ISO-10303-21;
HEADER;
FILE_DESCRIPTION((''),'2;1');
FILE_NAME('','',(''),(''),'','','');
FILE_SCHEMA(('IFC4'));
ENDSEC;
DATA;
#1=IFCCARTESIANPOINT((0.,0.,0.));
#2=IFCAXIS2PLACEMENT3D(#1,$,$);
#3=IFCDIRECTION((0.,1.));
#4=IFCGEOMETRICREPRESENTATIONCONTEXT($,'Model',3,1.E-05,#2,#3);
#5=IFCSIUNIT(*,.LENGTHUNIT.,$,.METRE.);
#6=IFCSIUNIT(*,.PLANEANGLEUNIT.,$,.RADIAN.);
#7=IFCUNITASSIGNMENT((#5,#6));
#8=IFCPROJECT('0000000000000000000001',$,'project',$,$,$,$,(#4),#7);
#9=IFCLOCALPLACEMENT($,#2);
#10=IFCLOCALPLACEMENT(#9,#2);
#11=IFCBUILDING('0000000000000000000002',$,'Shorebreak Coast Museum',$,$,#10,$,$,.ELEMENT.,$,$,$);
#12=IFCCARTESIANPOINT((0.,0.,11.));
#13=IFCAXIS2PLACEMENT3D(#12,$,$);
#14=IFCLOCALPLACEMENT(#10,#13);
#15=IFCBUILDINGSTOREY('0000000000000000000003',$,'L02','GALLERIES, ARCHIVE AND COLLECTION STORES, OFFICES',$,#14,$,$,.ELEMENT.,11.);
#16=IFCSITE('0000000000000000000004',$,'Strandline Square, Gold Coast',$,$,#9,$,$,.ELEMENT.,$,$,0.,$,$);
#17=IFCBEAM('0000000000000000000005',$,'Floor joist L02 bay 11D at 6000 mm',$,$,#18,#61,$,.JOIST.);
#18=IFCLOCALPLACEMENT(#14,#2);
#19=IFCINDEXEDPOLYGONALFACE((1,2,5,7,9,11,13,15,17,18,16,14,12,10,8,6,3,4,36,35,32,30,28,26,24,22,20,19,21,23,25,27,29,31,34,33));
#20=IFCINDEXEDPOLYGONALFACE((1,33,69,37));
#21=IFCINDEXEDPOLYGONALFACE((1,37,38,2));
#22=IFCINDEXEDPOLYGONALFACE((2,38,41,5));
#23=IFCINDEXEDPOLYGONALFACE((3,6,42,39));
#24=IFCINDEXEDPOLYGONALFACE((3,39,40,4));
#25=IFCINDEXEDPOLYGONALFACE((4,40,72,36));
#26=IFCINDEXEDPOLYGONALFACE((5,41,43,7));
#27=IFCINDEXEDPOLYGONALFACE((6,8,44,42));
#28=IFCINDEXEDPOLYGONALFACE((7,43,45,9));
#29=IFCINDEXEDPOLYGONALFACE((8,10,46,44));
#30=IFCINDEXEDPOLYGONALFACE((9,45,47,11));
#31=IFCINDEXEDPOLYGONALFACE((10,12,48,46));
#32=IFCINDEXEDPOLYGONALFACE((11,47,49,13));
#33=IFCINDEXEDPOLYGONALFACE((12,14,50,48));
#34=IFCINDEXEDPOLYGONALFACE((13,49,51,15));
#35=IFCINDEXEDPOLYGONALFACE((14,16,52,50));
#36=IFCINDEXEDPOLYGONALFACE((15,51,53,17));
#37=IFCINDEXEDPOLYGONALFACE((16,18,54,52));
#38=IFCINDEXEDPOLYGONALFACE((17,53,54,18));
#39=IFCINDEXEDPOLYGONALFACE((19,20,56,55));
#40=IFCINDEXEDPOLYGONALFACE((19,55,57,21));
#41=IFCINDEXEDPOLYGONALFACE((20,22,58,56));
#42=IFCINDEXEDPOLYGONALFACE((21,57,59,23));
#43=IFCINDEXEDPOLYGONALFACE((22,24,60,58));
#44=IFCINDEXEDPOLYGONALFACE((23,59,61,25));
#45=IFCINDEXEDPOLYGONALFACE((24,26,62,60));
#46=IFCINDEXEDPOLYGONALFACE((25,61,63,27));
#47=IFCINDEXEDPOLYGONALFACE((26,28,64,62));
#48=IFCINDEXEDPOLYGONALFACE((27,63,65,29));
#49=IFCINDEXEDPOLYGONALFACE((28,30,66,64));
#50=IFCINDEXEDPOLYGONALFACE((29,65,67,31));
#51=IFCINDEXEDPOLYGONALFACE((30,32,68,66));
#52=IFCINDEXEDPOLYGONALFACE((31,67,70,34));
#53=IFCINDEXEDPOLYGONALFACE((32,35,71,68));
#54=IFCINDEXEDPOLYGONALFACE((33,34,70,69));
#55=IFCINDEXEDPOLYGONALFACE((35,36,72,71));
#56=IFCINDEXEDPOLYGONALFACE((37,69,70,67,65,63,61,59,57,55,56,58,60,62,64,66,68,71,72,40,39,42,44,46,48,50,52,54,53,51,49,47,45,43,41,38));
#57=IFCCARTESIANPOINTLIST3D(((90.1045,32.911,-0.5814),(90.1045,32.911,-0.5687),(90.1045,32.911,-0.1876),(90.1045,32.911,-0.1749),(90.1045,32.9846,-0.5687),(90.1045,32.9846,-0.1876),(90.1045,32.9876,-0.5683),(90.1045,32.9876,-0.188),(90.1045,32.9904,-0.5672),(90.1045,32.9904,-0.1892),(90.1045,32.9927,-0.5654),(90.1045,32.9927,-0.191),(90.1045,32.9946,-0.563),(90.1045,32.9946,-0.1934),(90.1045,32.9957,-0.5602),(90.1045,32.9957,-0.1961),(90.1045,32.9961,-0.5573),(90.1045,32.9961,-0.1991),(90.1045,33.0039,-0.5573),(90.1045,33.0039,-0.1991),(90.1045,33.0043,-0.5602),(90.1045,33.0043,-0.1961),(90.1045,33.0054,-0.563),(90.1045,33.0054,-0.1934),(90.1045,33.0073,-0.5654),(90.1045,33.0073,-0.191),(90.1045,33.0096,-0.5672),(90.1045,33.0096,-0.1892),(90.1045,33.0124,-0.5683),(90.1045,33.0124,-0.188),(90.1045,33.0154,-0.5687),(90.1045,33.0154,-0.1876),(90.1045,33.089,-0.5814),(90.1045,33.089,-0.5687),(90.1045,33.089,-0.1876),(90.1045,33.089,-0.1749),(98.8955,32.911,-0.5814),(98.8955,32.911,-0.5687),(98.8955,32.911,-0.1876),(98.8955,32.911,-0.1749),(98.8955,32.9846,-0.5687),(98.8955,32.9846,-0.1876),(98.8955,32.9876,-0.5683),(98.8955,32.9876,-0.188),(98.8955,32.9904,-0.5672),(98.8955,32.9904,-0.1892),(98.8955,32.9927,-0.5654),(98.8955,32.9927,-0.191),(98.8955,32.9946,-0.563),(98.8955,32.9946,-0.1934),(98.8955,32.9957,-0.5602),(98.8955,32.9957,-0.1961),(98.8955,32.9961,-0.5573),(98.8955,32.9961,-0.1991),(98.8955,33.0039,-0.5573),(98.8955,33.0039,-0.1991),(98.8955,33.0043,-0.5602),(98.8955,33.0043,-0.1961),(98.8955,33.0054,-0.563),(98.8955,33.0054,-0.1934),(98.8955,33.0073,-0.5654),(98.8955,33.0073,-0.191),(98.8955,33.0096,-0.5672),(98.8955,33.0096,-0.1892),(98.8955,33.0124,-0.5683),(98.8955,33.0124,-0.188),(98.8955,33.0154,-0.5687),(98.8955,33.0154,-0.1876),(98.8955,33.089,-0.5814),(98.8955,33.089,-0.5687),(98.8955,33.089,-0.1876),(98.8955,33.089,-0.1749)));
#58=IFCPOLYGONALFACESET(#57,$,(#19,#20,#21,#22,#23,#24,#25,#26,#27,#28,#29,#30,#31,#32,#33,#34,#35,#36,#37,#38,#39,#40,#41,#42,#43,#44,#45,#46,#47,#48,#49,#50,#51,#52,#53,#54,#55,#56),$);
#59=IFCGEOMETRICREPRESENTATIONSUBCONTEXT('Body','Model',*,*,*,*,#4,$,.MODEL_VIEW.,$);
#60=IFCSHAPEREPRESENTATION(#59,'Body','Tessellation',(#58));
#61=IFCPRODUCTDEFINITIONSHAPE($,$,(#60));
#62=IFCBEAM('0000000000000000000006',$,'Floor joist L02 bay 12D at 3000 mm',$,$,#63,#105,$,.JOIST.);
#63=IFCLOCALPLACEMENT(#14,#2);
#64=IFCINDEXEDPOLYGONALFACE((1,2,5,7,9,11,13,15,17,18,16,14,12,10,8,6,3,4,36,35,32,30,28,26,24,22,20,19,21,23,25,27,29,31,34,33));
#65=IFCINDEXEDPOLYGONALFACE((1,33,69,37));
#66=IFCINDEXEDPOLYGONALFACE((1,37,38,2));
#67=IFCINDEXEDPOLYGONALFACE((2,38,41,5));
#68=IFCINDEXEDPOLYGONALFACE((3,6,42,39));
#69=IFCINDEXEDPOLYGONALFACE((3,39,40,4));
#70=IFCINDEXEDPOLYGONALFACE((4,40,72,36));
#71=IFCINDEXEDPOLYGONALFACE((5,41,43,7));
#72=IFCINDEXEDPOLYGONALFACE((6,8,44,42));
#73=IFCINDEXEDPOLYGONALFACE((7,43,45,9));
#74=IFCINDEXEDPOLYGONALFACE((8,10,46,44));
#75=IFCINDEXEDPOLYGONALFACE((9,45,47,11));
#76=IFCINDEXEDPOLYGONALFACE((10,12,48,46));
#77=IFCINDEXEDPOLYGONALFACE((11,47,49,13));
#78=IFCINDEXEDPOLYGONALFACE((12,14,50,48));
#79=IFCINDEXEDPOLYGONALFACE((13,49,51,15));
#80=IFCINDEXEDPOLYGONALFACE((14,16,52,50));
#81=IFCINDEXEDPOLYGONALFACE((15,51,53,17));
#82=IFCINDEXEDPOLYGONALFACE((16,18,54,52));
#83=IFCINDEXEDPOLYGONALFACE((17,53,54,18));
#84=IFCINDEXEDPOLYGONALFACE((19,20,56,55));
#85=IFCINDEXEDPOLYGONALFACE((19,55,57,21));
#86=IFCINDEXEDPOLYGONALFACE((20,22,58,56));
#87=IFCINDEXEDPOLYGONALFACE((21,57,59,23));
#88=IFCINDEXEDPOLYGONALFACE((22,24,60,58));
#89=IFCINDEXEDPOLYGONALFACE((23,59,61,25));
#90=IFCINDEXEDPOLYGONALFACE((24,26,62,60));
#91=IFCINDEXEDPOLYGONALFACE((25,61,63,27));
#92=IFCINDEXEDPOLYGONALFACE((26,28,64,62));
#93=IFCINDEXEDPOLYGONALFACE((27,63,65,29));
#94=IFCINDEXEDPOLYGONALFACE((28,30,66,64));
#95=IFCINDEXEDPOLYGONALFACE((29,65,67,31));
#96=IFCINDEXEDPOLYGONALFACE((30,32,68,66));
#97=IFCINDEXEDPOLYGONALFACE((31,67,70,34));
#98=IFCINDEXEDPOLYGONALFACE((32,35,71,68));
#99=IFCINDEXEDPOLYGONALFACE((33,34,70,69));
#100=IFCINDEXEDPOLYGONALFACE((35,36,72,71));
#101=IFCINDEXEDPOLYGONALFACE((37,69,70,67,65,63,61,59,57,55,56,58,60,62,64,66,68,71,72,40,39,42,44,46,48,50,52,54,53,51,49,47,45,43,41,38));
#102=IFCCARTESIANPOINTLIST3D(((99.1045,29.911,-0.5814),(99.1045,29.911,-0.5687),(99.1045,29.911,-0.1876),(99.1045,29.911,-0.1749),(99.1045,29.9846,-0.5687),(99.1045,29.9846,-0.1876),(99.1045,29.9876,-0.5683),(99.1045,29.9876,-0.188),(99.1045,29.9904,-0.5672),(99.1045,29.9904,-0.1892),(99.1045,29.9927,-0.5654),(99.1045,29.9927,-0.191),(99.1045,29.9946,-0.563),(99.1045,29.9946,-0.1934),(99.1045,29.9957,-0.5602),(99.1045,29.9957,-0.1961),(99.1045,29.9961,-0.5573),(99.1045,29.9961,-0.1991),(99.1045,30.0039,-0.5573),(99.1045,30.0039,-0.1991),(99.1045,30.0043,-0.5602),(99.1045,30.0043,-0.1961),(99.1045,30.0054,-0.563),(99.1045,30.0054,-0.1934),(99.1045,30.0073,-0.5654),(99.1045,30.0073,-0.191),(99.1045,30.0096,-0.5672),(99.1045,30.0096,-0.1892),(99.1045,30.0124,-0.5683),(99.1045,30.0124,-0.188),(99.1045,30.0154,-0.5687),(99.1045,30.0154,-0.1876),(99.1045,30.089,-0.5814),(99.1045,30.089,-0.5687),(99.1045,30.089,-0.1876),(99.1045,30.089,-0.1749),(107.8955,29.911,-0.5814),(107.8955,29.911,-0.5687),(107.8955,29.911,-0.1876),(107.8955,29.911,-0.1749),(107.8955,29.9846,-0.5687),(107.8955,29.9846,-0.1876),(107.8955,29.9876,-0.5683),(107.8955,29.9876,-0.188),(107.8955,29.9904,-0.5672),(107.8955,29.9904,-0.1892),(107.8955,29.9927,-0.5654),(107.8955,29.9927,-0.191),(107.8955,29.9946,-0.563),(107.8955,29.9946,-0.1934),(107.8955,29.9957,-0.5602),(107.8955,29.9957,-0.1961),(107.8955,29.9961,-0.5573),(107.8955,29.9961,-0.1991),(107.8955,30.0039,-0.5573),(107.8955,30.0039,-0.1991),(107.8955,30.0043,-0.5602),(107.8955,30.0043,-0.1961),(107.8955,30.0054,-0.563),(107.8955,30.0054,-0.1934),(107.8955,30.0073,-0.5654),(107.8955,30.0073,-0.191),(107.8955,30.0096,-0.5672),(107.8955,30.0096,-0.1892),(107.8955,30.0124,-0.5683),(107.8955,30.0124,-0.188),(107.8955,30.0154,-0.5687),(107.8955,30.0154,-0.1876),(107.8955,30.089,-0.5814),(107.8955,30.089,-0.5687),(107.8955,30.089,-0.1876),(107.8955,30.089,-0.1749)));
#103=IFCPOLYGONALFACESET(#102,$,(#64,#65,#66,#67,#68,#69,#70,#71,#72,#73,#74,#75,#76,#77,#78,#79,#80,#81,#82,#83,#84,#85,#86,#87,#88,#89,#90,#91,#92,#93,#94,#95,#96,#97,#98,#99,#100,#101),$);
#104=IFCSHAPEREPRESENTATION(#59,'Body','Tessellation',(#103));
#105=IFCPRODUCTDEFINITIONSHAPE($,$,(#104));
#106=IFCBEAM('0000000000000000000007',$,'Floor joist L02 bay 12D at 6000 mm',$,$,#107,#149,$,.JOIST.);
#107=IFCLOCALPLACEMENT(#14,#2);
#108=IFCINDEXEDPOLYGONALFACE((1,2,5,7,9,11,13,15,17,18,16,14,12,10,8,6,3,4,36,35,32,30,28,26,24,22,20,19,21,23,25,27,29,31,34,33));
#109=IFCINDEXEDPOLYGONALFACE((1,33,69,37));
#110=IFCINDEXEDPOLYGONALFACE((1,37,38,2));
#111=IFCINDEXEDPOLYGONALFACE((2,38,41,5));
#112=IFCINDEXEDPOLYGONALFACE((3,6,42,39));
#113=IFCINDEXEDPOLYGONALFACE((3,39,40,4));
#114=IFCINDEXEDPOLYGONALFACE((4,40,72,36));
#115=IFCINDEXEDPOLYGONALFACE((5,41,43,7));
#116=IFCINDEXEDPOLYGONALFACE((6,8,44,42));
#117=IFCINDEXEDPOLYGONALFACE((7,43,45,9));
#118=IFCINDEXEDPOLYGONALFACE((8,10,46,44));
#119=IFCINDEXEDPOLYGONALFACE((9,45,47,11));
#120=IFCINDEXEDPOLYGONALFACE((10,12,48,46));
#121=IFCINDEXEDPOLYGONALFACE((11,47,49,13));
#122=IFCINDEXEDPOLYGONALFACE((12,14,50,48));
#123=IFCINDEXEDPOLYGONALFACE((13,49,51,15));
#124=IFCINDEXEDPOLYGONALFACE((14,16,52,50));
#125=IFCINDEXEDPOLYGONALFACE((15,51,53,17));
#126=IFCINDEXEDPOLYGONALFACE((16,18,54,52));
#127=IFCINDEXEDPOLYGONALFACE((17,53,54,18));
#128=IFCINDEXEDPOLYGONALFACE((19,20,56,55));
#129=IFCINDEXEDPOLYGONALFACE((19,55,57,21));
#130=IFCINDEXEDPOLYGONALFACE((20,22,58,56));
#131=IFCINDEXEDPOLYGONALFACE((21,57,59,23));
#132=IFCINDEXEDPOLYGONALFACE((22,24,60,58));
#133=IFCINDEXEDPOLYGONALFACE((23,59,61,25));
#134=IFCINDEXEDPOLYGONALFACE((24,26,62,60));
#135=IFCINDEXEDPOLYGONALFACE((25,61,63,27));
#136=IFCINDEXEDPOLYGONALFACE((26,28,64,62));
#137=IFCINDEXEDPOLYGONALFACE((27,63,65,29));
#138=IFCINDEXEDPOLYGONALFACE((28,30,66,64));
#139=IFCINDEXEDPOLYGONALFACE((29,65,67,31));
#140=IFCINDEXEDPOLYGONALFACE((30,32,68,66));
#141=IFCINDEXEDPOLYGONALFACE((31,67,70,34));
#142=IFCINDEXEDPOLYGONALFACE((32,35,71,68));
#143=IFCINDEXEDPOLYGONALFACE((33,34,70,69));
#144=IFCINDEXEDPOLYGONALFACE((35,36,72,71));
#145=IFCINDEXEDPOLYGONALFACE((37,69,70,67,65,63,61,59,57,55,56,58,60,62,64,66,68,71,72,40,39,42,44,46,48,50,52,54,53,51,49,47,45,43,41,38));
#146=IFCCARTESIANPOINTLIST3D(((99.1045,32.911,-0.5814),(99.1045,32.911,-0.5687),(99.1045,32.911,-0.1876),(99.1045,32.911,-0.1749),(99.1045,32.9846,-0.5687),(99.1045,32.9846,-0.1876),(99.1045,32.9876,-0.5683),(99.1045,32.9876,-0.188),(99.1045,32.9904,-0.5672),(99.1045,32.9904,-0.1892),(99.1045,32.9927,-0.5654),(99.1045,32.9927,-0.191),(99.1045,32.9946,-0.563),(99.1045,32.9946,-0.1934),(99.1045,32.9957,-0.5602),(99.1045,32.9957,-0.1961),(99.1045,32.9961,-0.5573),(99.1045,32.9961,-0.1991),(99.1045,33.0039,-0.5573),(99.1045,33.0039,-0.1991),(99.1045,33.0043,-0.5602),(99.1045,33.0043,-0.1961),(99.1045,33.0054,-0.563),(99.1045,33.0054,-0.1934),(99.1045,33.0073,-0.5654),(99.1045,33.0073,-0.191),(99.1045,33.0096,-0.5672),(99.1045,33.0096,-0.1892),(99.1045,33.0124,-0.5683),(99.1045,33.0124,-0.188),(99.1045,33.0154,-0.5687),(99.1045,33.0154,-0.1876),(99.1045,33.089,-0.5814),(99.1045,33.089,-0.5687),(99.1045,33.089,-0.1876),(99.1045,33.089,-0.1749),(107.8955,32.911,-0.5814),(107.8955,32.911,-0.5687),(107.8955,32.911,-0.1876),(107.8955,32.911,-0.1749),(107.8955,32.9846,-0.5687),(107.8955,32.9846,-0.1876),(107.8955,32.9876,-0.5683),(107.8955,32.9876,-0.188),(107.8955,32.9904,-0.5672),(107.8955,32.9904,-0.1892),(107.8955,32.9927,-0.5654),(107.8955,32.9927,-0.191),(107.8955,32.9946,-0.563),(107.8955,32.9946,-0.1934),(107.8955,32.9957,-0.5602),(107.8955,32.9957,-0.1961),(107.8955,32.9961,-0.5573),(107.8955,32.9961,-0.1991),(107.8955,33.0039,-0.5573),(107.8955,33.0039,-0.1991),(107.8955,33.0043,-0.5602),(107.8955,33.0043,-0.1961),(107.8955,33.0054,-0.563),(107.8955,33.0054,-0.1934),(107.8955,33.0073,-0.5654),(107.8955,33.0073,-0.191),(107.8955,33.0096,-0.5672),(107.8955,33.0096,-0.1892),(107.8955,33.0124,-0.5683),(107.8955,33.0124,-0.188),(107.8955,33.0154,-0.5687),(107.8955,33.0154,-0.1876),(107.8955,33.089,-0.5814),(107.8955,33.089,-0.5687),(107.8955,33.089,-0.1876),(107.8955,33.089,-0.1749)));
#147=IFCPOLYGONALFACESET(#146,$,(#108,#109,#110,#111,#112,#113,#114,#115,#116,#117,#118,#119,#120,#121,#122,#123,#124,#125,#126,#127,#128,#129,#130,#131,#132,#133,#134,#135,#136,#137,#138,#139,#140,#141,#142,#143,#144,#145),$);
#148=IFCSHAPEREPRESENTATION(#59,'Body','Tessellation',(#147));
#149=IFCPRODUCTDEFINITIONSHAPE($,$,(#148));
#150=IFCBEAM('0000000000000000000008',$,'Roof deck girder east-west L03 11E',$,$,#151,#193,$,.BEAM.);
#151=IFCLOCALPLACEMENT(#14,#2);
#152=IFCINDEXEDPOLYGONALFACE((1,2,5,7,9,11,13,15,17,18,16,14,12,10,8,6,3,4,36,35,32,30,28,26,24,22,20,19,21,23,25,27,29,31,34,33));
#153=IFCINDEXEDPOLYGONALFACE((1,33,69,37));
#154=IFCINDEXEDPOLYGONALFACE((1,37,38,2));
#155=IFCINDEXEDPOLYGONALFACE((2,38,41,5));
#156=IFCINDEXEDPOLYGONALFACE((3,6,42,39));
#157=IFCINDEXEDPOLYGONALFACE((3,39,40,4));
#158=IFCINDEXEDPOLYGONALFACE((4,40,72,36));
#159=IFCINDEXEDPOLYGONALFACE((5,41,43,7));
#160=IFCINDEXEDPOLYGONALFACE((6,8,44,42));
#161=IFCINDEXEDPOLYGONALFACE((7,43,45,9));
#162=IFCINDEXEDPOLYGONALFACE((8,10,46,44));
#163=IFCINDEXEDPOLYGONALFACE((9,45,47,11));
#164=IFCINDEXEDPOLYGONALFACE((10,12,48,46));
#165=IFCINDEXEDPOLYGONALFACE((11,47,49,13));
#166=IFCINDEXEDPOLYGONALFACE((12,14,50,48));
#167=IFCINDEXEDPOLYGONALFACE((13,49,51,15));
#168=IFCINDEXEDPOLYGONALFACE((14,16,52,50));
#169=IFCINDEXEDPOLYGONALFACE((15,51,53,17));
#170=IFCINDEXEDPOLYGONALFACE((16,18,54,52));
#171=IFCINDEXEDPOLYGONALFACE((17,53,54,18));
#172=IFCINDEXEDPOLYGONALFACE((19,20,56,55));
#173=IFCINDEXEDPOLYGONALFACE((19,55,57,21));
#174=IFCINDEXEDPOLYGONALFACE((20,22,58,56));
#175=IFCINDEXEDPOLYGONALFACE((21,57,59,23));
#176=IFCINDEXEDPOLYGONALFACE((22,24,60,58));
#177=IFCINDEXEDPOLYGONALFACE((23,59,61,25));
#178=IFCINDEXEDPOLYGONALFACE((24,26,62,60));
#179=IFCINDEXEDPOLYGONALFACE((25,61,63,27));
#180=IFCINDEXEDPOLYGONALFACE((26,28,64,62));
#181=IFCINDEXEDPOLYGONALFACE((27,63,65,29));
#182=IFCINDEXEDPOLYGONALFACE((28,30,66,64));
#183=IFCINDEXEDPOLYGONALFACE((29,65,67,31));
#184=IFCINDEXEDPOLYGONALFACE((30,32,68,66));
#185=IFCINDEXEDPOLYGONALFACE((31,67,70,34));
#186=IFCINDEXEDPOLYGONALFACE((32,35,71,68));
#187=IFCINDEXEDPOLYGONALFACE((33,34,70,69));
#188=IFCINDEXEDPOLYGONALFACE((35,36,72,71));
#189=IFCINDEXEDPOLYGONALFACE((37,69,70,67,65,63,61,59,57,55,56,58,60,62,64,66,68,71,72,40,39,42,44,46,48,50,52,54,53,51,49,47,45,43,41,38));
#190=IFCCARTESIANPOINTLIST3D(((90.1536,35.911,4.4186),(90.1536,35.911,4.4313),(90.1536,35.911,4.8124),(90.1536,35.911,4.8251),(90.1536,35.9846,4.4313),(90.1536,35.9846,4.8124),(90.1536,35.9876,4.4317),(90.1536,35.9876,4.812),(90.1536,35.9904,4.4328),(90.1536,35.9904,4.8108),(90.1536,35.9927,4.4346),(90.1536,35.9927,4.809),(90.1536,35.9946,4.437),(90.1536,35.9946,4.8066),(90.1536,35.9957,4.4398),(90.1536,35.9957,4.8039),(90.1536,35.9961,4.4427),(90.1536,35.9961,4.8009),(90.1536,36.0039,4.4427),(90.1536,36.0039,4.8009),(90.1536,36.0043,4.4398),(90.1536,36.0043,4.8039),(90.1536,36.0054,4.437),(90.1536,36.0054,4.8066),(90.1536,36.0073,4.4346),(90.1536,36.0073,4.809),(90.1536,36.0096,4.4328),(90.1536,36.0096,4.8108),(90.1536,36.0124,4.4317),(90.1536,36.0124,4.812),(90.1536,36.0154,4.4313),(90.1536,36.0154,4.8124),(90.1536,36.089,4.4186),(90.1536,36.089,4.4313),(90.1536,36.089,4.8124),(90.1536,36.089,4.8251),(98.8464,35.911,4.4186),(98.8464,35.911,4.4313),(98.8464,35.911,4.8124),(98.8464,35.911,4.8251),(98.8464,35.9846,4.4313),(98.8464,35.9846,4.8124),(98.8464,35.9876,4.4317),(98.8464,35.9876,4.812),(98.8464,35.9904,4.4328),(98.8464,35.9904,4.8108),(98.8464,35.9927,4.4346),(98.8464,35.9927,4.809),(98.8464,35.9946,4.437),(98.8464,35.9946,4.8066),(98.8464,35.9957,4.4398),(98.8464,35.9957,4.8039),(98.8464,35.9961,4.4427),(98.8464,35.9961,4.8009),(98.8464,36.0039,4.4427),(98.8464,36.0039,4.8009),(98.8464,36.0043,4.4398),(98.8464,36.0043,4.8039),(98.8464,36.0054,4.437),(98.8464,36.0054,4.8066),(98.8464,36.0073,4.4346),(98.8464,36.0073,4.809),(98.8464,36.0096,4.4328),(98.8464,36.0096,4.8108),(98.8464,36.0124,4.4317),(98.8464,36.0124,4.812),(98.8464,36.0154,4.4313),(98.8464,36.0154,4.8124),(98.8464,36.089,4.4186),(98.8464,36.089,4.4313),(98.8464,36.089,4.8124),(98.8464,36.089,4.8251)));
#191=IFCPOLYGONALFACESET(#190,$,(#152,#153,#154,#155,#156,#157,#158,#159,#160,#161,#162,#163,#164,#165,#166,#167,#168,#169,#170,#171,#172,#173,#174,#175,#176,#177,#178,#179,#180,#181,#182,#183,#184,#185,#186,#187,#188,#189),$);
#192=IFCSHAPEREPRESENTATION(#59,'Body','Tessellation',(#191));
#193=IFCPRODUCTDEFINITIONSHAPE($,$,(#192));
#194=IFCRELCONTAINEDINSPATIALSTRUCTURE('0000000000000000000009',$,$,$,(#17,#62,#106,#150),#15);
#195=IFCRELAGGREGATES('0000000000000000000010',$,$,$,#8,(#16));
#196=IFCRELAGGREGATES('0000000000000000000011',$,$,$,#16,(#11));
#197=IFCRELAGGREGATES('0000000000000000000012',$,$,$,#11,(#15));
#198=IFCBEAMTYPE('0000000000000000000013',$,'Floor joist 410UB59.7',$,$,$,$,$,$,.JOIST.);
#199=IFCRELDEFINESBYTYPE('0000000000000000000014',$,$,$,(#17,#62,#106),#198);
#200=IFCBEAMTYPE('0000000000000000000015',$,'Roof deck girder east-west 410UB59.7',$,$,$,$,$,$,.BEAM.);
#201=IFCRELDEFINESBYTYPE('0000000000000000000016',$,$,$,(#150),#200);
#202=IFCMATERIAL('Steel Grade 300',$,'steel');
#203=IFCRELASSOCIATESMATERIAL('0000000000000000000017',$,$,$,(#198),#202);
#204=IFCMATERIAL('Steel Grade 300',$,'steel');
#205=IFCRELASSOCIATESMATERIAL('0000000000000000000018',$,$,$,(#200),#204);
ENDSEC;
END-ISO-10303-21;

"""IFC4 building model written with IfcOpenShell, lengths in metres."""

from ifc_helpers import new_model, si_unit, direction, frame, origin, origin_2d, place, context, subcontext, project, spatial, i_section, extrude, material, material_profile, profile_set, type_object, element, save


model = new_model("IFC4")

# Units and contexts
model_context = context("Model", 3, precision=1e-05, world=origin(), true_north=direction((0.0, 1.0)))
body_context = subcontext(model_context, "Body", "Model", "MODEL_VIEW")
ifc_project = project(units=[si_unit("LENGTHUNIT", "METRE"), si_unit("PLANEANGLEUNIT", "RADIAN")], contexts=[model_context])

# Site, building, storey
site_placement = place(None, origin())
site = spatial("IfcSite", under=ifc_project, at=site_placement, Name="Strandline Square, Gold Coast", CompositionType="ELEMENT", RefElevation=0.0)
building_placement = place(site_placement, origin())
building = spatial("IfcBuilding", under=site, at=building_placement, Name="Shorebreak Coast Museum", CompositionType="ELEMENT")
storey_placement = place(building_placement, frame((0.0, 0.0, 11.0)))
storey = spatial("IfcBuildingStorey", under=building, at=storey_placement, Name="L02", Description="GALLERIES, ARCHIVE AND COLLECTION STORES, OFFICES", CompositionType="ELEMENT", Elevation=11.0)

# Beams
ifc_material_1 = material(Name="Steel Grade 300", Category="steel")
ifc_material_profile_1 = material_profile(ifc_material_1, i_section(OverallWidth=0.178, OverallDepth=0.4065, WebThickness=0.0078, FlangeThickness=0.0127, FilletRadius=0.0115, at=origin_2d()), Name="410UB59.7")
ifc_profile_set_1 = profile_set([ifc_material_profile_1], Name="Steel Grade 300")
beam_type_1 = type_object("IfcBeamType", Name="Floor joist 410UB59.7", PredefinedType="JOIST", material=ifc_profile_set_1)
for number, where, z_axis, x_axis, name in (
    (1, (90.1045, 33.0, -0.3782), (1.0, 0.0, 0.0), (0.0, 1.0, 0.0), "Floor joist L02 bay 11D at 6000 mm"),
    (2, (99.1045, 30.0, -0.3782), (1.0, 0.0, 0.0), (0.0, 1.0, 0.0), "Floor joist L02 bay 12D at 3000 mm"),
    (3, (99.1045, 33.0, -0.3782), (1.0, 0.0, 0.0), (0.0, 1.0, 0.0), "Floor joist L02 bay 12D at 6000 mm"),
):
    element("IfcBeam", number, at=place(storey_placement, frame(where, z_axis=z_axis, x_axis=x_axis)), inside=storey, type_object=beam_type_1, Name=name, PredefinedType="JOIST", context=body_context, shape_type="SweptSolid", body=[
        extrude(i_section(OverallWidth=0.178, OverallDepth=0.4065, WebThickness=0.0078, FlangeThickness=0.0127, FilletRadius=0.0115, at=origin_2d()), origin(), (0.0, 0.0, 1.0), 8.791),
    ])
ifc_material_2 = material(Name="Steel Grade 300", Category="steel")
ifc_material_profile_2 = material_profile(ifc_material_2, i_section(OverallWidth=0.178, OverallDepth=0.4065, WebThickness=0.0078, FlangeThickness=0.0127, FilletRadius=0.0115, at=origin_2d()), Name="410UB59.7")
ifc_profile_set_2 = profile_set([ifc_material_profile_2], Name="Steel Grade 300")
beam_type_2 = type_object("IfcBeamType", Name="Roof deck girder east-west 410UB59.7", PredefinedType="BEAM", material=ifc_profile_set_2)
for number, where, z_axis, x_axis, name in (
    (4, (90.1536, 36.0, 4.6218), (1.0, 0.0, 0.0), (0.0, 1.0, 0.0), "Roof deck girder east-west L03 11E"),
):
    element("IfcBeam", number, at=place(storey_placement, frame(where, z_axis=z_axis, x_axis=x_axis)), inside=storey, type_object=beam_type_2, Name=name, PredefinedType="BEAM", context=body_context, shape_type="SweptSolid", body=[
        extrude(i_section(OverallWidth=0.178, OverallDepth=0.4065, WebThickness=0.0078, FlangeThickness=0.0127, FilletRadius=0.0115, at=origin_2d()), origin(), (0.0, 0.0, 1.0), 8.6929),
    ])

save(model, "model.ifc")
